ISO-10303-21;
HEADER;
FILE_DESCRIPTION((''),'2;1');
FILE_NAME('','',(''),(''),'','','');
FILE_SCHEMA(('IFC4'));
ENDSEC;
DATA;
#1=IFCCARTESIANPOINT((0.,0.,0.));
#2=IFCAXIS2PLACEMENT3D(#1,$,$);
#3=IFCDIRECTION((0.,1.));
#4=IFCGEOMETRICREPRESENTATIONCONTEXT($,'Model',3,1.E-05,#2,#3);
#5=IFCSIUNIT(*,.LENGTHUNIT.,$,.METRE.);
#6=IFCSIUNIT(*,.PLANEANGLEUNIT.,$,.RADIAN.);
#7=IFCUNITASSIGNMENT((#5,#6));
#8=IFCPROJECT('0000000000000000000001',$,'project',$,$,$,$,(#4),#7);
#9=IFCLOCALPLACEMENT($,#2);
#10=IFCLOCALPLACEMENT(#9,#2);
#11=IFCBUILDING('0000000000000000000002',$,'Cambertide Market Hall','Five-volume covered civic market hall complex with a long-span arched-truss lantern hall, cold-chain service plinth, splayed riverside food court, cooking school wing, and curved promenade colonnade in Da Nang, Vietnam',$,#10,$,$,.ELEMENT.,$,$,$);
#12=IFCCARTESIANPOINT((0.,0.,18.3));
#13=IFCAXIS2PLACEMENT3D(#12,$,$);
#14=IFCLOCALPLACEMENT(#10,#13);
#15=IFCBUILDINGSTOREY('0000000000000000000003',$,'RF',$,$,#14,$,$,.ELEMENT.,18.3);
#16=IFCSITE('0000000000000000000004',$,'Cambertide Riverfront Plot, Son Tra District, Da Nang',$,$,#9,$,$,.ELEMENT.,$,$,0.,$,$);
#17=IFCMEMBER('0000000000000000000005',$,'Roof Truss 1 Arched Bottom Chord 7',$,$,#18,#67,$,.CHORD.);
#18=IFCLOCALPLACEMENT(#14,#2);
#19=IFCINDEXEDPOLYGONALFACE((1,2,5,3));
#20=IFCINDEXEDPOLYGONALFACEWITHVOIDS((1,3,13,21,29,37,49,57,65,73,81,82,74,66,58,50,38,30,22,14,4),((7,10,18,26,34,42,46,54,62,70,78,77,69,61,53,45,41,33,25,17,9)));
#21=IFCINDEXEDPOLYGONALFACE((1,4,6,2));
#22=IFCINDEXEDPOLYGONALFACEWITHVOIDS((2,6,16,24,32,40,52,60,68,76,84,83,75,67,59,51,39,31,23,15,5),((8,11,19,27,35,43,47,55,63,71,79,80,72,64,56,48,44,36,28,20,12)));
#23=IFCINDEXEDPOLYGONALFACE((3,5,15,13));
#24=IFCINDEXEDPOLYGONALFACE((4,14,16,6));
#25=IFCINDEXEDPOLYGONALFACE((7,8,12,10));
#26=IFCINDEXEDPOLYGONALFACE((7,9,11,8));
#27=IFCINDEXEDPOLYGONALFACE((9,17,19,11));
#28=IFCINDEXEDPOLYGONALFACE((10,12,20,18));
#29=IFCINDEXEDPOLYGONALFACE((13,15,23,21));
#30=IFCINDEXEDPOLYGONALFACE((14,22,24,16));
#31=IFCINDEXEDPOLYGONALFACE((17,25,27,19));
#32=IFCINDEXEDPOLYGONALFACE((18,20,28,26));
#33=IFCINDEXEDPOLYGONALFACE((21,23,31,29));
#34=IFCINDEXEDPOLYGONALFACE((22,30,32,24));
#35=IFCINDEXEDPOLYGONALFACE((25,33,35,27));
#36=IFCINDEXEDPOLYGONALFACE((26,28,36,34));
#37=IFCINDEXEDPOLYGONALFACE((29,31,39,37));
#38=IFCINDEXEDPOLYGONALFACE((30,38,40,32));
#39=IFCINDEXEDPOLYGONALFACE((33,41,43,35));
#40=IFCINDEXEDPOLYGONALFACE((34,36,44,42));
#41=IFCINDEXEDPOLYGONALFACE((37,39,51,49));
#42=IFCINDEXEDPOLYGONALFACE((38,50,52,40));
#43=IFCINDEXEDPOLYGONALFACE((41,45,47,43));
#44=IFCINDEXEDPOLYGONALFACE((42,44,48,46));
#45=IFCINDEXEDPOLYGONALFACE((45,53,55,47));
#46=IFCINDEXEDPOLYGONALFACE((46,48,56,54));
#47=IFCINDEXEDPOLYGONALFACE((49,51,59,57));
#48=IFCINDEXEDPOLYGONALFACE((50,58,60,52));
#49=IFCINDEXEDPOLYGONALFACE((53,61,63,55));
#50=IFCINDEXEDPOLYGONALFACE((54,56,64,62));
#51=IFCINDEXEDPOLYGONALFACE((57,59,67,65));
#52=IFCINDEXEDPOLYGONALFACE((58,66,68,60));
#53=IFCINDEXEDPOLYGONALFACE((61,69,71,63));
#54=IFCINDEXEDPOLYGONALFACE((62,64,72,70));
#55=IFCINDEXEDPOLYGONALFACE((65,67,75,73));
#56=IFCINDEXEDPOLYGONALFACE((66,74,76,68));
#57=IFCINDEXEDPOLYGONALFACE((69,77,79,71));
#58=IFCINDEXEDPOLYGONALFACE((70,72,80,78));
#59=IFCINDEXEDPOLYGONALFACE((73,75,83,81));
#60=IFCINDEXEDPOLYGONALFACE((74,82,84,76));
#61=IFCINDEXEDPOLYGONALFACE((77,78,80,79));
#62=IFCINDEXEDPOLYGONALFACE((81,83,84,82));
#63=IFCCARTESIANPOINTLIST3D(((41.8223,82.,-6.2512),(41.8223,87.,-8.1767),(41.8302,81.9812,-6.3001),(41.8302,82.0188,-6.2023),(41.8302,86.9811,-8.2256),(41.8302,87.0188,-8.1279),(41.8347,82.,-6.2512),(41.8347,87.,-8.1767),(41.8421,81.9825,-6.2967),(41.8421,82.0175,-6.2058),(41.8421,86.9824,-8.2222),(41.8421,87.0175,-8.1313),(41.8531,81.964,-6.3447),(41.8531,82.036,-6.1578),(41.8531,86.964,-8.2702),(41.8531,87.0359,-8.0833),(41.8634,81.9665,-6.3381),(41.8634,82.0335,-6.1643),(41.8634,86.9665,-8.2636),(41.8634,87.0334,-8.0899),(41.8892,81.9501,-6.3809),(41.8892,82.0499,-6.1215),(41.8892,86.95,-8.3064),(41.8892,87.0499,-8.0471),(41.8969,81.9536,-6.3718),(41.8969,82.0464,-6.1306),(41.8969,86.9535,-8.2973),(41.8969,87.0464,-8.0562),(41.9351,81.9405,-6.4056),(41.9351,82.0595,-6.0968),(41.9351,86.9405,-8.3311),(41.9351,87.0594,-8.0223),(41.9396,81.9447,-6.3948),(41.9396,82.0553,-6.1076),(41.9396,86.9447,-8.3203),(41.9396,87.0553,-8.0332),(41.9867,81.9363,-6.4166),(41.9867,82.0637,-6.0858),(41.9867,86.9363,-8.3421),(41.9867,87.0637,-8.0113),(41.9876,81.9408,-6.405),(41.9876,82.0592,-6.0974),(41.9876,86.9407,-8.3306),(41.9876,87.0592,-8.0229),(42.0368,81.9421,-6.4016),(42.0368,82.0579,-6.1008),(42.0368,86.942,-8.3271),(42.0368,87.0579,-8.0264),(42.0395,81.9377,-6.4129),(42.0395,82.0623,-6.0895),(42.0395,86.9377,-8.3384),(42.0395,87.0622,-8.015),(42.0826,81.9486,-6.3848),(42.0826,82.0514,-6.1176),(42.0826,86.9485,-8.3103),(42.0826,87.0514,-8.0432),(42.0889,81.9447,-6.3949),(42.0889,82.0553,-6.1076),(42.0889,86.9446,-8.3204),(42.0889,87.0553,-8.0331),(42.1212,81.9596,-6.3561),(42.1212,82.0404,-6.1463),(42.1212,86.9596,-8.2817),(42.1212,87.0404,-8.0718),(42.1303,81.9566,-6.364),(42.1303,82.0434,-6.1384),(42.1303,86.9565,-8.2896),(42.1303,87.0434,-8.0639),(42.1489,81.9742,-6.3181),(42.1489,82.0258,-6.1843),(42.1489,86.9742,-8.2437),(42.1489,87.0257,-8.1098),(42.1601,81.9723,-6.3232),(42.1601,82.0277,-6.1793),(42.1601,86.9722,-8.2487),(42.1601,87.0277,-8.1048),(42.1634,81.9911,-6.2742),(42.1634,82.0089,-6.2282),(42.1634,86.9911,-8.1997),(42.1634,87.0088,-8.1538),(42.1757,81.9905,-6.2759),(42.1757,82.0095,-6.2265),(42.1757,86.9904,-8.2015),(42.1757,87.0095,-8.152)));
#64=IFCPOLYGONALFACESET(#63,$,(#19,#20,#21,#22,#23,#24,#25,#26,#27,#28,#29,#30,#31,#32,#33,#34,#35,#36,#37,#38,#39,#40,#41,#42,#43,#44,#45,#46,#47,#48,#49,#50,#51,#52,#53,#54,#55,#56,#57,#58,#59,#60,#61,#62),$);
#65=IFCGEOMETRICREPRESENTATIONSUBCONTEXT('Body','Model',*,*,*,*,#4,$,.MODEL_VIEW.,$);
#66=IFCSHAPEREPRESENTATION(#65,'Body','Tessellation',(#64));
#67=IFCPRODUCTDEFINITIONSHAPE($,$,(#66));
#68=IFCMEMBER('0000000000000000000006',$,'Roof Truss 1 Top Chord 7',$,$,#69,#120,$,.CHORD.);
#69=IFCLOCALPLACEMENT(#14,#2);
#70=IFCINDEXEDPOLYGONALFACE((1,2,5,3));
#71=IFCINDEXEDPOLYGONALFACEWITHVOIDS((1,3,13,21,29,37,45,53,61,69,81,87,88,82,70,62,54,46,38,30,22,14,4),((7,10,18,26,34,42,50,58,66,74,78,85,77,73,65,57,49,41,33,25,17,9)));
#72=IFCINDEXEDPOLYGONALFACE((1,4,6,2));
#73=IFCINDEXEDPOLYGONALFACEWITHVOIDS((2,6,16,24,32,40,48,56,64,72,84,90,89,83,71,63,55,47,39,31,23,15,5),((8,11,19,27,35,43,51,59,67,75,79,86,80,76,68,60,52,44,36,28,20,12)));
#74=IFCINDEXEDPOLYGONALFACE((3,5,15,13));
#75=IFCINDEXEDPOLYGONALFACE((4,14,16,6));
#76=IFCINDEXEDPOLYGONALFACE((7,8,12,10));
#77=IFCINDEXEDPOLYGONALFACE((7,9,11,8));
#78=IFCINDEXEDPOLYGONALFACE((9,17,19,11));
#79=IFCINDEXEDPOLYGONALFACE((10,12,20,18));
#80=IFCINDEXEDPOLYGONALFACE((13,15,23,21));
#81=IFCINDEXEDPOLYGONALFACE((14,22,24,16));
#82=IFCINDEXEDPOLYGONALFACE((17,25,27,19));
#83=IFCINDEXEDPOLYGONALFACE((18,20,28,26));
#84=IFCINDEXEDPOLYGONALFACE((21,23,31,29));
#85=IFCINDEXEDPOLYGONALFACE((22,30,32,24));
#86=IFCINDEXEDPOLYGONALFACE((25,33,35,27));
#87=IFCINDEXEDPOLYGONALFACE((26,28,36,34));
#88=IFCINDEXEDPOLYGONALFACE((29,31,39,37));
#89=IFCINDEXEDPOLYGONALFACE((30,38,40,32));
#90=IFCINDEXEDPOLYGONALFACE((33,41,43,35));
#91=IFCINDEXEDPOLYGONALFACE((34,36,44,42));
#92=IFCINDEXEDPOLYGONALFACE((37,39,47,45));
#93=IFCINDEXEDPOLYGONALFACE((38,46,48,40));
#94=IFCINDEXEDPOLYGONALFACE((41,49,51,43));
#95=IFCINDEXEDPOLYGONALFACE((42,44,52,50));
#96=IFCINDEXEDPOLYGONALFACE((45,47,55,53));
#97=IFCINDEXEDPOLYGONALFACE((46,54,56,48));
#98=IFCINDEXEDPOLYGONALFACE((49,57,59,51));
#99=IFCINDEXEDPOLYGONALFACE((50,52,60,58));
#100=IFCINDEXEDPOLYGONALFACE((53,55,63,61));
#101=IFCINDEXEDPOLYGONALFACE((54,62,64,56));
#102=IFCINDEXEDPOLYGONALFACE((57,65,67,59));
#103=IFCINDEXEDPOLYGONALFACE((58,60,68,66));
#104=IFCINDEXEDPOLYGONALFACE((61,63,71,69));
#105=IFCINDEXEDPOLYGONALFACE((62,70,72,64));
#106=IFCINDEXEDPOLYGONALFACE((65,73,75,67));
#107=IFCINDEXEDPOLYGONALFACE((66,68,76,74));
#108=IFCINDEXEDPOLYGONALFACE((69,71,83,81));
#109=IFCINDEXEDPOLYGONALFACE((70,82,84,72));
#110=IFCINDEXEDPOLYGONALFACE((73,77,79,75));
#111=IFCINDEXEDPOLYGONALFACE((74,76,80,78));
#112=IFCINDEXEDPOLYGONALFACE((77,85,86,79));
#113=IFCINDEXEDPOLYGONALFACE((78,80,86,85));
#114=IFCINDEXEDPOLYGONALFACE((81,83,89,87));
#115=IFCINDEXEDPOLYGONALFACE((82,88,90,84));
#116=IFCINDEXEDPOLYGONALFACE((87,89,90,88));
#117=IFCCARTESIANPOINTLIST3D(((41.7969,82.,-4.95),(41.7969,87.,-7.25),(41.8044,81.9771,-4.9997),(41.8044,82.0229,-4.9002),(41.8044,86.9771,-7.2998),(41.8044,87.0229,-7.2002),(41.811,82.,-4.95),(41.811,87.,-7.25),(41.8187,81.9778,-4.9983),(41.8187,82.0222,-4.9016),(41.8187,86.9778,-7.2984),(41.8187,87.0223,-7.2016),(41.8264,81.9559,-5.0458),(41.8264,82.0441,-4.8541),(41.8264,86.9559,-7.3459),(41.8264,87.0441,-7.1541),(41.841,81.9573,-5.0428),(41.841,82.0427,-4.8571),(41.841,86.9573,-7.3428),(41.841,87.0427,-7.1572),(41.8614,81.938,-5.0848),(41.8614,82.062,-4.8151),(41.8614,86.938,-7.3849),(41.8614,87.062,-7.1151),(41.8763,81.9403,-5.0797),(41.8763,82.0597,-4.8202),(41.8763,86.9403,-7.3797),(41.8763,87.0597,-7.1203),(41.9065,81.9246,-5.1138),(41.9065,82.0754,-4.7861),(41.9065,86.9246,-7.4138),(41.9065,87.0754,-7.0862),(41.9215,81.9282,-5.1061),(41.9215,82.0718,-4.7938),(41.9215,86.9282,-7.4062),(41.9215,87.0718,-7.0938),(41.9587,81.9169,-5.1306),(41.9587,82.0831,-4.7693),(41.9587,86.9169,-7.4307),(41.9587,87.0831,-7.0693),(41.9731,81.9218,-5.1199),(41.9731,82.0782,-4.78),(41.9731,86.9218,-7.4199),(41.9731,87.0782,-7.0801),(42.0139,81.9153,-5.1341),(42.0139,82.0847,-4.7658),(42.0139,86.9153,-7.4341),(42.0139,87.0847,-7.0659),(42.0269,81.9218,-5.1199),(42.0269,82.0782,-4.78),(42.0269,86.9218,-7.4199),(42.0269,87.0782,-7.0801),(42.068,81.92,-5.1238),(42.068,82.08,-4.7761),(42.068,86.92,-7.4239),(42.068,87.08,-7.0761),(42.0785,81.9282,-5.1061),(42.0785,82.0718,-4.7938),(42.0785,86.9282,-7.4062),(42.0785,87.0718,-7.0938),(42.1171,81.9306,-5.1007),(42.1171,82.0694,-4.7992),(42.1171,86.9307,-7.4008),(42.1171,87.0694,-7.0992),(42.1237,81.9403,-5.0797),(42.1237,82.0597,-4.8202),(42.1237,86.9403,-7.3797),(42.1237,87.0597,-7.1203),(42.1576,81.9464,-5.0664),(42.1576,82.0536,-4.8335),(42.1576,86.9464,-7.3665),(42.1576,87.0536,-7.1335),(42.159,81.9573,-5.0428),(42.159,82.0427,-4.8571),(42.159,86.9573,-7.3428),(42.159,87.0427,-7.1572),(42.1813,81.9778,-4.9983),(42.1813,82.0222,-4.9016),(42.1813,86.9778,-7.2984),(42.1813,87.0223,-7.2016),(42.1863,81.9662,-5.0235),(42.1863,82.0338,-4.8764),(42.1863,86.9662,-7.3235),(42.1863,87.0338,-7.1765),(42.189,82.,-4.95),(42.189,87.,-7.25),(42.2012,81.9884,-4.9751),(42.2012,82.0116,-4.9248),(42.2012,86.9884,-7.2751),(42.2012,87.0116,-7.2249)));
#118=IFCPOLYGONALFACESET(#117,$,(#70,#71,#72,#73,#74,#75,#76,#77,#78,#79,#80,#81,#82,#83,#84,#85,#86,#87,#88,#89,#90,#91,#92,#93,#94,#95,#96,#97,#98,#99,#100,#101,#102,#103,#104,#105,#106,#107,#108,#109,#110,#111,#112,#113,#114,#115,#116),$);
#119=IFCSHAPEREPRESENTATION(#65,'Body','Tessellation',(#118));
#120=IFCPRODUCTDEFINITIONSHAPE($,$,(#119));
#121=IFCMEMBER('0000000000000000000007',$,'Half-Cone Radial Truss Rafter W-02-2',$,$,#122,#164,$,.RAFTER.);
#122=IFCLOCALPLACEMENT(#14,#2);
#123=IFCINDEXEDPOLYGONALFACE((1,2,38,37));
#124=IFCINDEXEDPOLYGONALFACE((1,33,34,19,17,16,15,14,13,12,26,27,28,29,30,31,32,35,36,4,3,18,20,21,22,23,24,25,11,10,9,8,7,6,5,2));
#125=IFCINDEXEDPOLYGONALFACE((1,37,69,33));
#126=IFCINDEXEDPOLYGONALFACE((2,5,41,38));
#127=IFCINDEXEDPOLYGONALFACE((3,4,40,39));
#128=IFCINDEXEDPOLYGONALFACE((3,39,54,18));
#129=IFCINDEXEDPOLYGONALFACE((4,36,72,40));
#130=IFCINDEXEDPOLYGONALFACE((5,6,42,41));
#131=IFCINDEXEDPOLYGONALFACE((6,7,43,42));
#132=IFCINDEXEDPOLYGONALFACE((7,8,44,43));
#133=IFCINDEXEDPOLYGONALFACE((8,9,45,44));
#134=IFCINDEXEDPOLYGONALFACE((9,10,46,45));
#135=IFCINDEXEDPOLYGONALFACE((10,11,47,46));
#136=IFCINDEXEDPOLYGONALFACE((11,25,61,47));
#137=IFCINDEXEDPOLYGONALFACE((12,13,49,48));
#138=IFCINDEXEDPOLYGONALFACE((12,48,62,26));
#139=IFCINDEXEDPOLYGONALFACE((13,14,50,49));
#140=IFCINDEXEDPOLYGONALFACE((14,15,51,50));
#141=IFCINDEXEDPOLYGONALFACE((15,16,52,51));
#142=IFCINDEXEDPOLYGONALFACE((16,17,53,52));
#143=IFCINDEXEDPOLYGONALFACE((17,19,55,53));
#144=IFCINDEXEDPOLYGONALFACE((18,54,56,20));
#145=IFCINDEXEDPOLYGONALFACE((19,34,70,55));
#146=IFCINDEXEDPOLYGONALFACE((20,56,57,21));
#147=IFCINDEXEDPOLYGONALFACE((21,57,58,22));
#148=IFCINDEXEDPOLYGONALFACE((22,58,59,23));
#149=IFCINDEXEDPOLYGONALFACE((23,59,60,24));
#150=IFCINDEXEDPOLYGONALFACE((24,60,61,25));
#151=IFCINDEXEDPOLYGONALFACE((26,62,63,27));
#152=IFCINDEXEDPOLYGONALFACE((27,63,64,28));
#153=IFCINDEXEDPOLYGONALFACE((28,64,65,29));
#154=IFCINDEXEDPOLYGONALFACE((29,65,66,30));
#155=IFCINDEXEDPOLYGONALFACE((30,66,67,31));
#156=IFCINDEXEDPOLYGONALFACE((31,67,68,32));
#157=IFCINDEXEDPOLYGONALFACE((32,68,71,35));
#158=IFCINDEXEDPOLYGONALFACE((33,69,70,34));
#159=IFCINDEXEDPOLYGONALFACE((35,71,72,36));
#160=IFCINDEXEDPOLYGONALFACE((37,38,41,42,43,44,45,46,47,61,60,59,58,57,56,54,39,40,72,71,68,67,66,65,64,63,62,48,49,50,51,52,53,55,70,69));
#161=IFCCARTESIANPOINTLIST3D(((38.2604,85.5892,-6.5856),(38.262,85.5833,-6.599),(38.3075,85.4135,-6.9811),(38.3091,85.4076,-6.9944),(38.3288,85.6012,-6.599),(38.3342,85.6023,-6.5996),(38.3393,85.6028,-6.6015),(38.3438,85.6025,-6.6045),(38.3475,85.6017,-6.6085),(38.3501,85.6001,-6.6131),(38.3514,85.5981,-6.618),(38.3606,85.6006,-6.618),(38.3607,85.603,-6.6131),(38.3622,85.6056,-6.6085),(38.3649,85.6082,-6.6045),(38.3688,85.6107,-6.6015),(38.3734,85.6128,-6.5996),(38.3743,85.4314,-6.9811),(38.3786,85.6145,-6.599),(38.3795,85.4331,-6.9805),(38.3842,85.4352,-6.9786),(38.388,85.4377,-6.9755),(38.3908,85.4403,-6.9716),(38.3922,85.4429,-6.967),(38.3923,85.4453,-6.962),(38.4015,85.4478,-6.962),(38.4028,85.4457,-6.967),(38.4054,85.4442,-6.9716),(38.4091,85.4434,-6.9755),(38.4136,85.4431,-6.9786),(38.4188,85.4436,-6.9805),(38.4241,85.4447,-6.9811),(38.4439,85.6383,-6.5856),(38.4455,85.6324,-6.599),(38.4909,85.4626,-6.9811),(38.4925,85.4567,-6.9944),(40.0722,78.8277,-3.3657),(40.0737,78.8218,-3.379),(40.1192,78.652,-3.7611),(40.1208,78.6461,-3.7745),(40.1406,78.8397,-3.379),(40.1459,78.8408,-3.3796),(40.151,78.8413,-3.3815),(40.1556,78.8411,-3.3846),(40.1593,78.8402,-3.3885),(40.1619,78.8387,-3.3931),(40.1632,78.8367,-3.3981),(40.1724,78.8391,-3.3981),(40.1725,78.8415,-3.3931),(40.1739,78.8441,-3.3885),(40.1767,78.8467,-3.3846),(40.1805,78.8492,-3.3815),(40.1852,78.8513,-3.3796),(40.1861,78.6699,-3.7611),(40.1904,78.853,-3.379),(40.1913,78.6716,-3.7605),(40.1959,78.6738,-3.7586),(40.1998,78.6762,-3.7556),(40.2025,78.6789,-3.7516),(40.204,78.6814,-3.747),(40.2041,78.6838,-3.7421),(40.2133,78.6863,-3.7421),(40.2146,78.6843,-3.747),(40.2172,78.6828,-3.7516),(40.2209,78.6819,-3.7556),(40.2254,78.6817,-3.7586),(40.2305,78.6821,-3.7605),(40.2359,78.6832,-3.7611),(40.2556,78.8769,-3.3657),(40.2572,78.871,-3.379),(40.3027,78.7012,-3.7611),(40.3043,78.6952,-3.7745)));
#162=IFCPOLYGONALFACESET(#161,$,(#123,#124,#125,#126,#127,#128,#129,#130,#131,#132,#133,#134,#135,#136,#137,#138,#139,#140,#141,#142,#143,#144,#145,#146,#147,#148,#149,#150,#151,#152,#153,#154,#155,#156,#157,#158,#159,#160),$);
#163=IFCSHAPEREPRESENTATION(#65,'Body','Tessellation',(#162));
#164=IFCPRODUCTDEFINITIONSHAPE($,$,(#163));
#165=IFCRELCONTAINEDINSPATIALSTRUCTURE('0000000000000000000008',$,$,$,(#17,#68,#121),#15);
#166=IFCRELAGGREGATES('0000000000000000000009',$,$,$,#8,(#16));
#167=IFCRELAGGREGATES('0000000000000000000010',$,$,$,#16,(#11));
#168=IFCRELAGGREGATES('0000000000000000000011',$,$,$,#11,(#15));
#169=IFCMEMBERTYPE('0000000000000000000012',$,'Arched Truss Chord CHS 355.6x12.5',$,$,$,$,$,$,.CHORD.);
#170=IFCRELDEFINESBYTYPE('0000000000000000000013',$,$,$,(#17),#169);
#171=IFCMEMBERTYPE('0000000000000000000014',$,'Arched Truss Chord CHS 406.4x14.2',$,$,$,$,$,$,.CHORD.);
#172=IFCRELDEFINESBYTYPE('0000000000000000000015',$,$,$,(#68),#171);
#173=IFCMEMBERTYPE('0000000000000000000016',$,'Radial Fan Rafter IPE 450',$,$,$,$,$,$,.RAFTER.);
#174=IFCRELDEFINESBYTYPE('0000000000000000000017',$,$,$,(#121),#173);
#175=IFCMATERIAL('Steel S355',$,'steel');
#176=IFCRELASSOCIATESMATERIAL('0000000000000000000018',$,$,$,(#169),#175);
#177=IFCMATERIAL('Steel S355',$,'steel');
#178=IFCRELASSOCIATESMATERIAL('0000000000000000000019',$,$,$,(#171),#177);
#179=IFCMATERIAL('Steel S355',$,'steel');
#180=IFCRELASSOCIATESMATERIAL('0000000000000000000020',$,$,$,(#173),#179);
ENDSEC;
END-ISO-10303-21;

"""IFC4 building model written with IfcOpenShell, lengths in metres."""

from ifc_helpers import new_model, si_unit, direction, frame, origin, origin_2d, place, context, subcontext, project, spatial, hollow_circle, i_section, extrude, material, material_profile, profile_set, type_object, element, save


model = new_model("IFC4")

# Units and contexts
model_context = context("Model", 3, precision=1e-05, world=origin(), true_north=direction((0.0, 1.0)))
body_context = subcontext(model_context, "Body", "Model", "MODEL_VIEW")
ifc_project = project(units=[si_unit("LENGTHUNIT", "METRE"), si_unit("PLANEANGLEUNIT", "RADIAN")], contexts=[model_context])

# Site, building, storey
site_placement = place(None, origin())
site = spatial("IfcSite", under=ifc_project, at=site_placement, Name="Cambertide Riverfront Plot, Son Tra District, Da Nang", CompositionType="ELEMENT", RefElevation=0.0)
building_placement = place(site_placement, origin())
building = spatial("IfcBuilding", under=site, at=building_placement, Name="Cambertide Market Hall", Description="Five-volume covered civic market hall complex with a long-span arched-truss lantern hall, cold-chain service plinth, splayed riverside food court, cooking school wing, and curved promenade colonnade in Da Nang, Vietnam", CompositionType="ELEMENT")
storey_placement = place(building_placement, frame((0.0, 0.0, 18.3)))
storey = spatial("IfcBuildingStorey", under=building, at=storey_placement, Name="RF", CompositionType="ELEMENT", Elevation=18.3)

# Members
ifc_material_1 = material(Name="Steel S355", Category="steel")
ifc_material_profile_1 = material_profile(ifc_material_1, hollow_circle(Radius=0.1777, WallThickness=0.0125, at=origin_2d()), Name="CHS 355.6x12.5")
ifc_profile_set_1 = profile_set([ifc_material_profile_1], Name="Steel S355")
member_type_1 = type_object("IfcMemberType", Name="Arched Truss Chord CHS 355.6x12.5", PredefinedType="CHORD", material=ifc_profile_set_1)
member_1_placement = place(storey_placement, frame((42.0, 82.0, -6.2512), z_axis=(0.0, 0.933192, -0.359379), x_axis=(-1.0, 0.0, 0.0)))
element("IfcMember", 1, at=member_1_placement, inside=storey, type_object=member_type_1, Name="Roof Truss 1 Arched Bottom Chord 7", PredefinedType="CHORD", context=body_context, shape_type="SweptSolid", body=[
    extrude(hollow_circle(Radius=0.1777, WallThickness=0.0125, at=origin_2d()), origin(), (0.0, 0.0, 1.0), 5.3579),
])
ifc_material_2 = material(Name="Steel S355", Category="steel")
ifc_material_profile_2 = material_profile(ifc_material_2, hollow_circle(Radius=0.2031, WallThickness=0.0142, at=origin_2d()), Name="CHS 406.4x14.2")
ifc_profile_set_2 = profile_set([ifc_material_profile_2], Name="Steel S355")
member_type_2 = type_object("IfcMemberType", Name="Arched Truss Chord CHS 406.4x14.2", PredefinedType="CHORD", material=ifc_profile_set_2)
member_2_placement = place(storey_placement, frame((42.0, 82.0, -4.95), z_axis=(0.0, 0.908487, -0.417913), x_axis=(-1.0, 0.0, 0.0)))
element("IfcMember", 2, at=member_2_placement, inside=storey, type_object=member_type_2, Name="Roof Truss 1 Top Chord 7", PredefinedType="CHORD", context=body_context, shape_type="SweptSolid", body=[
    extrude(hollow_circle(Radius=0.2031, WallThickness=0.0142, at=origin_2d()), origin(), (0.0, 0.0, 1.0), 5.5037),
])
ifc_material_3 = material(Name="Steel S355", Category="steel")
ifc_material_profile_3 = material_profile(ifc_material_3, i_section(OverallWidth=0.1899, OverallDepth=0.45, WebThickness=0.0095, FlangeThickness=0.0146, FilletRadius=0.021, at=origin_2d()), Name="IPE 450")
ifc_profile_set_3 = profile_set([ifc_material_profile_3], Name="Steel S355")
member_type_3 = type_object("IfcMemberType", Name="Radial Fan Rafter IPE 450", PredefinedType="RAFTER", material=ifc_profile_set_3)
member_3_placement = place(storey_placement, frame((40.1882, 78.7615, -3.5701), z_axis=(-0.235139, 0.877535, -0.417902), x_axis=(-0.965925, -0.258824, 0.0)))
element("IfcMember", 3, at=member_3_placement, inside=storey, type_object=member_type_3, Name="Half-Cone Radial Truss Rafter W-02-2", PredefinedType="RAFTER", context=body_context, shape_type="SweptSolid", body=[
    extrude(i_section(OverallWidth=0.1899, OverallDepth=0.45, WebThickness=0.0095, FlangeThickness=0.0146, FilletRadius=0.021, at=origin_2d()), origin(), (0.0, 0.0, 1.0), 7.7051),
])

save(model, "model.ifc")
